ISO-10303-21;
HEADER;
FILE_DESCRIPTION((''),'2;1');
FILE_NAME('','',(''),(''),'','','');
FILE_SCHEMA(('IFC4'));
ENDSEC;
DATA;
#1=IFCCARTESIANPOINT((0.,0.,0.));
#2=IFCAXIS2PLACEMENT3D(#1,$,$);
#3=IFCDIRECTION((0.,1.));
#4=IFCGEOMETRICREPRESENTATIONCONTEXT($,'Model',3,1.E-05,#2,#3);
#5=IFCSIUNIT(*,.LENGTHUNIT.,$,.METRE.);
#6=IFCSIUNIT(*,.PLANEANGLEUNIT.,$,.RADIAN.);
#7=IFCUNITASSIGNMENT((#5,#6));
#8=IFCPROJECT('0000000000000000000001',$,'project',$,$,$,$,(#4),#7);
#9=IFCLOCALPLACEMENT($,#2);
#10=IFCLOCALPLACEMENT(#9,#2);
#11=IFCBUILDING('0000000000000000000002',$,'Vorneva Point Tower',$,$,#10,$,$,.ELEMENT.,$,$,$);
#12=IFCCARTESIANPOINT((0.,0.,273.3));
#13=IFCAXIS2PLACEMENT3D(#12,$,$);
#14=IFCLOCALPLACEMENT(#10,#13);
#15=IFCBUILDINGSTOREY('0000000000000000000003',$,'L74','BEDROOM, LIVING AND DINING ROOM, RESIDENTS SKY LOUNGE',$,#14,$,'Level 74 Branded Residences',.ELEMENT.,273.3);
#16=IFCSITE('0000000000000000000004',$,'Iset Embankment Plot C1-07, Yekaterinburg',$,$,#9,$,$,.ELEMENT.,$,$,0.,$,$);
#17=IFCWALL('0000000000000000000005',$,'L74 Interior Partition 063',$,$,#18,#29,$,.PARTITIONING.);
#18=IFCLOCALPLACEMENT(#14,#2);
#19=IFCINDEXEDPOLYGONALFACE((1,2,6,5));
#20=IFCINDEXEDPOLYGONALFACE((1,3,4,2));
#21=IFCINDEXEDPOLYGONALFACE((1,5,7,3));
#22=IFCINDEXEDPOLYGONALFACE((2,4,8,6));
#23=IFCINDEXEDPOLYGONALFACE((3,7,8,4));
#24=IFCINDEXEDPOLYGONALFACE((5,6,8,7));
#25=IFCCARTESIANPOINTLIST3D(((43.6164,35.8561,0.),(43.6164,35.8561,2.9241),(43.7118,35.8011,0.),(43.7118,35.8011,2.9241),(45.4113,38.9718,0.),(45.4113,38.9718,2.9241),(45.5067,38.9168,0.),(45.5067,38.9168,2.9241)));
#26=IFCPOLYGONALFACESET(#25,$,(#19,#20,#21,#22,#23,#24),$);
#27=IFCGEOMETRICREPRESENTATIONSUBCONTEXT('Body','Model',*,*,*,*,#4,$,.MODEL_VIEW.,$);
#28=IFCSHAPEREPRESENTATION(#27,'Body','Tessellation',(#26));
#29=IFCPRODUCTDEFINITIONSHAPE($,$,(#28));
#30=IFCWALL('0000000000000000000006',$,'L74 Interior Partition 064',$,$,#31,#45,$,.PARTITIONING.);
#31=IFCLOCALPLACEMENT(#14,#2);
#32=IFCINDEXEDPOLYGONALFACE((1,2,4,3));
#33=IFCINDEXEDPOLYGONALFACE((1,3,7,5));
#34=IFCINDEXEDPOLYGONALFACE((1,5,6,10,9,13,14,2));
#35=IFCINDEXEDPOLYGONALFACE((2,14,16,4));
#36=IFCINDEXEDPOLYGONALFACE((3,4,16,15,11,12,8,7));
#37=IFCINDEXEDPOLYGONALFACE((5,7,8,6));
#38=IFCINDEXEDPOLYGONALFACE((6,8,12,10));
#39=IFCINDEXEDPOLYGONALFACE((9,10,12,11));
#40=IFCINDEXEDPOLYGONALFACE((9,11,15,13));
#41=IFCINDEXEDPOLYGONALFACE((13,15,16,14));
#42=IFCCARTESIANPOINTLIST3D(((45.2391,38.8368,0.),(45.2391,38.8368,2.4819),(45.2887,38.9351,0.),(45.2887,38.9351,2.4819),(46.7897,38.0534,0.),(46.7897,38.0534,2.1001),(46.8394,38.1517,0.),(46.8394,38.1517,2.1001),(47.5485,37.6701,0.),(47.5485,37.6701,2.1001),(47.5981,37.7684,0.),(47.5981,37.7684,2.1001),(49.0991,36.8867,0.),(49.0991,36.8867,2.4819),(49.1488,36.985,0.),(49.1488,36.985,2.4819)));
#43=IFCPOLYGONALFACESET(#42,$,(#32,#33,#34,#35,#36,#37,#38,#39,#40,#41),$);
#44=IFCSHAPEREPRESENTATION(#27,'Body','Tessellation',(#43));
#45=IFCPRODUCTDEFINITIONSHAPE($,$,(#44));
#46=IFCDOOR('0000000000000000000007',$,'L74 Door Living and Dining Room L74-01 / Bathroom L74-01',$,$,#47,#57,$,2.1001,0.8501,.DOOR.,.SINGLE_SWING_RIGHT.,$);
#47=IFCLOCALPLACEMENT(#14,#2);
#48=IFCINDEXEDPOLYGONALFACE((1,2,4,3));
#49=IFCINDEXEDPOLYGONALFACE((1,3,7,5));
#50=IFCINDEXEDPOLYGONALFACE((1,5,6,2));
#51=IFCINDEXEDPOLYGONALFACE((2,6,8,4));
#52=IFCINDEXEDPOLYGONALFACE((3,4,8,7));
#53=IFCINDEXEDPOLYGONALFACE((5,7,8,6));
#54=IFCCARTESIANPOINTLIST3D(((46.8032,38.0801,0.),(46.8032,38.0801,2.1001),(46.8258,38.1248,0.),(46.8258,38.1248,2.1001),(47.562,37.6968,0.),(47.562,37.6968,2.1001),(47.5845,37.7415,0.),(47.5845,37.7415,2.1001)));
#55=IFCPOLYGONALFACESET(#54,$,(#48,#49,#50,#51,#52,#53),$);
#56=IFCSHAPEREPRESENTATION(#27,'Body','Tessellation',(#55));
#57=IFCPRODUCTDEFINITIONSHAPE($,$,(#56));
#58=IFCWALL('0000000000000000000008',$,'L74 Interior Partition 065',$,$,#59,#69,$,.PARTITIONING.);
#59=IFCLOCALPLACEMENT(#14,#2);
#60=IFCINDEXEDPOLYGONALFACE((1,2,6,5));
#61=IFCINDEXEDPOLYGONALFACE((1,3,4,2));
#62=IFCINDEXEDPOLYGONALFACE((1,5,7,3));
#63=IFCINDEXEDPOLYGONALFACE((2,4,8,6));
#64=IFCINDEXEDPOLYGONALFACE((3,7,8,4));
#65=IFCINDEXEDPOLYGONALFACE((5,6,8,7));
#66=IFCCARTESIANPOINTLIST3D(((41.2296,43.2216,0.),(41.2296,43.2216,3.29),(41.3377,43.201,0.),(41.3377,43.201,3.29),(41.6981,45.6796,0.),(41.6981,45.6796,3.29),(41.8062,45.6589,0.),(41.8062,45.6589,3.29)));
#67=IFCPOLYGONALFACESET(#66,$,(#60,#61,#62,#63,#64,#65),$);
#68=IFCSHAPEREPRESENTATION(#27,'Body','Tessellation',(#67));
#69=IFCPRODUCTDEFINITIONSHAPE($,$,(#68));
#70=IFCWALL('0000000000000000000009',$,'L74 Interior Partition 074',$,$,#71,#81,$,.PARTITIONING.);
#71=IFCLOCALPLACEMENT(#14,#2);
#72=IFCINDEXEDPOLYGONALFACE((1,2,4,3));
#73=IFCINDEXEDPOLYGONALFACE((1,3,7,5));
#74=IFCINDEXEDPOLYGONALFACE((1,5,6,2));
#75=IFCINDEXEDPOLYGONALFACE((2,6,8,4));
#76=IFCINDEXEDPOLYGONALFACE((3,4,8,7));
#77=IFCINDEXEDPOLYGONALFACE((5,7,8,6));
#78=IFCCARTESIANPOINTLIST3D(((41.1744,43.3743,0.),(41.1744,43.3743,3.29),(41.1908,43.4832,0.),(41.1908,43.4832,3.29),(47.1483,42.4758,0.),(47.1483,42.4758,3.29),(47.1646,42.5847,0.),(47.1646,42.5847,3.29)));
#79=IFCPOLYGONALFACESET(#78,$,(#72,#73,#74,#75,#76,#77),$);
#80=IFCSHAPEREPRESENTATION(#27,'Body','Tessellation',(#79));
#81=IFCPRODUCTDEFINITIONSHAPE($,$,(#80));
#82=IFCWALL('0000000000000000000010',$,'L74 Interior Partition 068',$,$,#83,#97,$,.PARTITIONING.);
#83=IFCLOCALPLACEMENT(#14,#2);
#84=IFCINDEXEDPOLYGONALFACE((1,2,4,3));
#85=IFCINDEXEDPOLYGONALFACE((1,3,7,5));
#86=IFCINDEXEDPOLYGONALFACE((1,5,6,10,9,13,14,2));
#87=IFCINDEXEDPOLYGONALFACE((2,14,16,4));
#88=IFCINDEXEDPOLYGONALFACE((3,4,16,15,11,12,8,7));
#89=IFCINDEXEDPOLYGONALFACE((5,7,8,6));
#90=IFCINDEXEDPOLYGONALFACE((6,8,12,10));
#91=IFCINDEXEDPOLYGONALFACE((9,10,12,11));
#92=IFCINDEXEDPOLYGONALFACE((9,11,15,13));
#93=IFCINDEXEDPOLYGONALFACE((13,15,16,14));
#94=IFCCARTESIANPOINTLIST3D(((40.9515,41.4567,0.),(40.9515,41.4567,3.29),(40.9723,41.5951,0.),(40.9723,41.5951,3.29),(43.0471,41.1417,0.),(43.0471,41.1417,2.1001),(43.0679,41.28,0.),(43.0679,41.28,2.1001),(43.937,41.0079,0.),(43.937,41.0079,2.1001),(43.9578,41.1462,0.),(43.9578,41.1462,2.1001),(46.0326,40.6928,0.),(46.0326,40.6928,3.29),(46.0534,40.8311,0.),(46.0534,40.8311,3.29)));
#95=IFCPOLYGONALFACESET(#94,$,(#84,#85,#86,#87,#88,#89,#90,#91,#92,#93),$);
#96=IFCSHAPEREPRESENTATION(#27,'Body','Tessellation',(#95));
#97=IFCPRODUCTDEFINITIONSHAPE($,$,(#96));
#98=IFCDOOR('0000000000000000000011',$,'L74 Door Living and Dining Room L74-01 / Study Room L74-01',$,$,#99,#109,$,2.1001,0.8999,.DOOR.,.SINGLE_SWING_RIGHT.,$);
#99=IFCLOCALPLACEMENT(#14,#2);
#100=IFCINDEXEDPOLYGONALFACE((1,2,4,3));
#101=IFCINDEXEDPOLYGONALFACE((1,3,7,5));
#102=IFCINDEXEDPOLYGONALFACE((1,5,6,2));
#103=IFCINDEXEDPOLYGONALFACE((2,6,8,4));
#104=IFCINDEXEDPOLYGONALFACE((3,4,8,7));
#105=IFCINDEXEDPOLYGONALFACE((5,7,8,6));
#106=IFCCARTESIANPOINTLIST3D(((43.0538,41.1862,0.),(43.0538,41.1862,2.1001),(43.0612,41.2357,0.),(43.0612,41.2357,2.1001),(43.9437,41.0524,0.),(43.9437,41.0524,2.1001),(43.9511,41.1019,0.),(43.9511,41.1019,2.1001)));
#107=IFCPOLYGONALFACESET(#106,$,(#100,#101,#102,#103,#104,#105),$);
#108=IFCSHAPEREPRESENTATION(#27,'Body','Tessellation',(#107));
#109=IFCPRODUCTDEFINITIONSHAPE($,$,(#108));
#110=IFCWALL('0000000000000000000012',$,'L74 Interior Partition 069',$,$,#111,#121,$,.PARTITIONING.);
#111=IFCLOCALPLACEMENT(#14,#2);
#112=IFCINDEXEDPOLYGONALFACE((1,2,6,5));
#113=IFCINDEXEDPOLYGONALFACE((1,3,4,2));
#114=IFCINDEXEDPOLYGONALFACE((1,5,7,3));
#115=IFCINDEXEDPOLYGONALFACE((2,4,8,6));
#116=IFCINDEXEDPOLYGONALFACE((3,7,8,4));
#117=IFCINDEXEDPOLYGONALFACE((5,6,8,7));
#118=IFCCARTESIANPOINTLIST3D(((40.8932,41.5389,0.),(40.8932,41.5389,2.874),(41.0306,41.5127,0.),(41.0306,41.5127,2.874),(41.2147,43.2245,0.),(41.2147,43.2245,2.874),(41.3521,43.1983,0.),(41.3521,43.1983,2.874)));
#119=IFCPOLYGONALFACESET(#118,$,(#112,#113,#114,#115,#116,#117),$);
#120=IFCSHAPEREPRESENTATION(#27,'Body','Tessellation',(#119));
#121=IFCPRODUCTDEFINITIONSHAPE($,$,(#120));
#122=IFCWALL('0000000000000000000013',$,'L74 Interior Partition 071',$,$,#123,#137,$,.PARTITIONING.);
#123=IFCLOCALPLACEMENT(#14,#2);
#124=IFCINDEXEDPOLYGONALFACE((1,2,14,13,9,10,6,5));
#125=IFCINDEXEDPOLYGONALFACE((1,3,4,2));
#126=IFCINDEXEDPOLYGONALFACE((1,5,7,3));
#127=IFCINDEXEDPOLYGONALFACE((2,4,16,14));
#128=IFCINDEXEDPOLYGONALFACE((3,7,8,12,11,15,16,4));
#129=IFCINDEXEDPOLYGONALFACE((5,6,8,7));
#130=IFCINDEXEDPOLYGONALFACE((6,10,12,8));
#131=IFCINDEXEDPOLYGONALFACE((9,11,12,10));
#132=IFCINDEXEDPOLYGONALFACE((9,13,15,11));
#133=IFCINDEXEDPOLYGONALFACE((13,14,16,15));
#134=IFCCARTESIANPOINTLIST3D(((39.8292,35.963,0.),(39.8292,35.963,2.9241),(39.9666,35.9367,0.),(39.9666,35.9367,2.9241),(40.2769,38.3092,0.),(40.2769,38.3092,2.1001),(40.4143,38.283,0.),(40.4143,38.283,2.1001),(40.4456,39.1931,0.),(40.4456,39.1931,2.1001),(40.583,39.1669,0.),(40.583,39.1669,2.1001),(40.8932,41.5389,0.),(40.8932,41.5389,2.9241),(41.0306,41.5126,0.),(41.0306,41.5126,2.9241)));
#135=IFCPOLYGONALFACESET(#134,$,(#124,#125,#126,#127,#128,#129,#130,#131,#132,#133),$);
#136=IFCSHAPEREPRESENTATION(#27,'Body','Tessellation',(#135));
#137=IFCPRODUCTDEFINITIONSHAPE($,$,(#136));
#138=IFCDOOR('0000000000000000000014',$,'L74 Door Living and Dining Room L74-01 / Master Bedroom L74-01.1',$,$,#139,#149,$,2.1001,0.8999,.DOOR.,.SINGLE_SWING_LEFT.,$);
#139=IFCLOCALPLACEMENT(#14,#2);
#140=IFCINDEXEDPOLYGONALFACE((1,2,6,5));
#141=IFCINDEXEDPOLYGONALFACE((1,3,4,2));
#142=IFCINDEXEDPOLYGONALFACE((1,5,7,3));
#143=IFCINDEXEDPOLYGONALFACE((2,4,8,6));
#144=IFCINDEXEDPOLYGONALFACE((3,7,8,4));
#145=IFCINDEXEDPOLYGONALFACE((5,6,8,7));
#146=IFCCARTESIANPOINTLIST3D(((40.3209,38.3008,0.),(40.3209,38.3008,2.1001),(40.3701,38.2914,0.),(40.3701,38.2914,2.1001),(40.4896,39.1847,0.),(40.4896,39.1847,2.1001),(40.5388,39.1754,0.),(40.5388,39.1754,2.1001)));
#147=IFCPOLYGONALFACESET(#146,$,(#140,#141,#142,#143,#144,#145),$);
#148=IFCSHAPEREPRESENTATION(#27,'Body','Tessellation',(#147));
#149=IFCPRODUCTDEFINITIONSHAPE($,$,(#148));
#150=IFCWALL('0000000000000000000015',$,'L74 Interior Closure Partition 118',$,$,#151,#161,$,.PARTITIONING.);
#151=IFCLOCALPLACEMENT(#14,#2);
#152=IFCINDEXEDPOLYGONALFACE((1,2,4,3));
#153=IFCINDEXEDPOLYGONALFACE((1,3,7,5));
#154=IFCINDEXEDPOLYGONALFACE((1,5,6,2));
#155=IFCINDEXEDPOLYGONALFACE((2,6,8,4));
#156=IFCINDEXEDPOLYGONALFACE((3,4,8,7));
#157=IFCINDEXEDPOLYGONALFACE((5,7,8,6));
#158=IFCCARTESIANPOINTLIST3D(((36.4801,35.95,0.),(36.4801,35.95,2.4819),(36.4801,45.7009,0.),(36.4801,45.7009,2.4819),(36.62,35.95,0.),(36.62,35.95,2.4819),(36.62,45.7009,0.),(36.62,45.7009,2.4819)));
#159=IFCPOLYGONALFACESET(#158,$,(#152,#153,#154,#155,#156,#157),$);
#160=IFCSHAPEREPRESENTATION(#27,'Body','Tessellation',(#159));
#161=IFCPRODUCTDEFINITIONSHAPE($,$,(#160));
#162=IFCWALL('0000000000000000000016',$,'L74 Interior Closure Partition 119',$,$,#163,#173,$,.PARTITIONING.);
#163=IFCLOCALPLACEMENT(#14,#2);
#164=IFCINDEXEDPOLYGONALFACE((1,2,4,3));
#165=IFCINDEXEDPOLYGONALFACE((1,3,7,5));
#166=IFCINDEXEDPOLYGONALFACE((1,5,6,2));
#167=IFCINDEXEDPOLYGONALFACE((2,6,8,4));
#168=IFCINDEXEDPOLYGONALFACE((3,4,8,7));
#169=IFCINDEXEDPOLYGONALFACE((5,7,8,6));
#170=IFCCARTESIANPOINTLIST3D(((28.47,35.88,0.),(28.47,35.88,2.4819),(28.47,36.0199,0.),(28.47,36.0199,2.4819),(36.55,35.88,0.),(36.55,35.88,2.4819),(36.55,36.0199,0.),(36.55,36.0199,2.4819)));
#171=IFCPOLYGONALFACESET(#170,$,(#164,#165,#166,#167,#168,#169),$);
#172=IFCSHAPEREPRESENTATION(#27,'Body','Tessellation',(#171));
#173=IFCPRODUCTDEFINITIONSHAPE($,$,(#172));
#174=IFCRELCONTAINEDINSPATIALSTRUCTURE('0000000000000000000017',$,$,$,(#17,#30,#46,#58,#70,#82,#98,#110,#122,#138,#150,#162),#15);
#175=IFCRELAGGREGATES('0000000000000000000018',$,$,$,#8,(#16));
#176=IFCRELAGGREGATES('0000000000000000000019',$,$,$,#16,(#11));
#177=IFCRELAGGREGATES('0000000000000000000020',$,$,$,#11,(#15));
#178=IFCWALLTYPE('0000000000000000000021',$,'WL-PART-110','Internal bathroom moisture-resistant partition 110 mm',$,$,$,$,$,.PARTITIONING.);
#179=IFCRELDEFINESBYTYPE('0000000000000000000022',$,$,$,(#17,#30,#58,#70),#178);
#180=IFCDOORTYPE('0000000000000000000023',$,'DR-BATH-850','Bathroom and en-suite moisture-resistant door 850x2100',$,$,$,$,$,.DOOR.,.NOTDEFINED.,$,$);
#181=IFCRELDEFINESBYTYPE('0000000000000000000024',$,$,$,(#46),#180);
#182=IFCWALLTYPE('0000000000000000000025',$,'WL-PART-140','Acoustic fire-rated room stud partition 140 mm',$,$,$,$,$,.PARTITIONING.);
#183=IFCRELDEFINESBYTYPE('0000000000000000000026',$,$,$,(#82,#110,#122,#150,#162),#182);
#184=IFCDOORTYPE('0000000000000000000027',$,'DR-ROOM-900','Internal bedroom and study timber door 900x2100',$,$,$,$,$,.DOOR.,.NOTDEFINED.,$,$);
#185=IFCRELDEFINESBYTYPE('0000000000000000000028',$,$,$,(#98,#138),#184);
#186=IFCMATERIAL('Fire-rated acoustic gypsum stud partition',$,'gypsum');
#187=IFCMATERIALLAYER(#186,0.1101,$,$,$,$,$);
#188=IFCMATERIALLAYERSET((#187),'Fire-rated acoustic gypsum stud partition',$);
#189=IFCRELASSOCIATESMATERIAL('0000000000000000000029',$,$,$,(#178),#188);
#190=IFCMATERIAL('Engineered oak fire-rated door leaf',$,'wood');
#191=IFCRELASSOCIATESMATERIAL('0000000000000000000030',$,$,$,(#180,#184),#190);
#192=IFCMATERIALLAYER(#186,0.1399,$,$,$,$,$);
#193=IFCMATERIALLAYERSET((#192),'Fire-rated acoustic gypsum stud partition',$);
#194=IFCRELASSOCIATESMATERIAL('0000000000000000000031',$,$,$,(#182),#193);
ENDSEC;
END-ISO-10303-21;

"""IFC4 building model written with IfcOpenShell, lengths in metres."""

from ifc_helpers import new_model, si_unit, direction, frame, frame_2d, origin, place, context, subcontext, project, spatial, rectangle, extrude, material, layer, layer_set, type_object, element, fill, save


model = new_model("IFC4")

# Units and contexts
model_context = context("Model", 3, precision=1e-05, world=origin(), true_north=direction((0.0, 1.0)))
body_context = subcontext(model_context, "Body", "Model", "MODEL_VIEW")
ifc_project = project(units=[si_unit("LENGTHUNIT", "METRE"), si_unit("PLANEANGLEUNIT", "RADIAN")], contexts=[model_context])

# Site, building, storey
site_placement = place(None, origin())
site = spatial("IfcSite", under=ifc_project, at=site_placement, Name="Iset Embankment Plot C1-07, Yekaterinburg", CompositionType="ELEMENT", RefElevation=0.0)
building_placement = place(site_placement, origin())
building = spatial("IfcBuilding", under=site, at=building_placement, Name="Vorneva Point Tower", CompositionType="ELEMENT")
storey_placement = place(building_placement, frame((0.0, 0.0, 273.3)))
storey = spatial("IfcBuildingStorey", under=building, at=storey_placement, Name="L74", Description="BEDROOM, LIVING AND DINING ROOM, RESIDENTS SKY LOUNGE", LongName="Level 74 Branded Residences", CompositionType="ELEMENT", Elevation=273.3)

# Wall
ifc_material_1 = material(Name="Fire-rated acoustic gypsum stud partition", Category="gypsum")
ifc_layer_1 = layer(ifc_material_1, 0.1101)
ifc_layer_set_1 = layer_set([ifc_layer_1], Name="Fire-rated acoustic gypsum stud partition")
wall_type_1 = type_object("IfcWallType", Name="WL-PART-110", Description="Internal bathroom moisture-resistant partition 110 mm", PredefinedType="PARTITIONING", material=ifc_layer_set_1)
wall_1_placement = place(storey_placement, frame((43.6641, 35.8286, 0.0), z_axis=(0.0, 0.0, 1.0), x_axis=(0.499178, 0.8665, 0.0)))
element("IfcWall", 1, at=wall_1_placement, inside=storey, type_object=wall_type_1, Name="L74 Interior Partition 063", PredefinedType="PARTITIONING", context=body_context, shape_type="SweptSolid", body=[
    extrude(rectangle(XDim=3.5957, YDim=0.1101, at=frame_2d((1.7979, 0.0))), origin(), (0.0, 0.0, 1.0), 2.9241),
])

# Wall, opening, door
wall_2_placement = place(storey_placement, frame((45.2639, 38.886, 0.0), z_axis=(0.0, 0.0, 1.0), x_axis=(0.892557, -0.450936, 0.0)))
wall_2 = element("IfcWall", 2, at=wall_2_placement, inside=storey, type_object=wall_type_1, Name="L74 Interior Partition 064", PredefinedType="PARTITIONING", context=body_context, shape_type="SweptSolid", body=[
    extrude(rectangle(XDim=4.3247, YDim=0.1101, at=frame_2d((2.1624, 0.0))), origin(), (0.0, 0.0, 1.0), 2.4819),
])
opening_1_placement = place(wall_2_placement, frame((1.7373, 0.0, 0.0)))
opening_1 = element("IfcOpeningElement", 3, at=opening_1_placement, cuts=wall_2, PredefinedType="OPENING", context=body_context, shape_type="SweptSolid", body=[
    extrude(rectangle(XDim=0.8501, YDim=2.1001, at=frame_2d((0.425, 1.05))), frame((0.0, 0.0698, 0.0), z_axis=(0.0, -1.0, 0.0), x_axis=(1.0, 0.0, 0.0)), (0.0, 0.0, 1.0), 0.1399),
])
ifc_material_2 = material(Name="Engineered oak fire-rated door leaf", Category="wood")
door_type_1 = type_object("IfcDoorType", Name="DR-BATH-850", Description="Bathroom and en-suite moisture-resistant door 850x2100", OperationType="NOTDEFINED", PredefinedType="DOOR", material=ifc_material_2)
door_1_placement = place(opening_1_placement, origin())
door_1 = element("IfcDoor", 4, at=door_1_placement, inside=storey, type_object=door_type_1, Name="L74 Door Living and Dining Room L74-01 / Bathroom L74-01", OperationType="SINGLE_SWING_RIGHT", OverallHeight=2.1001, OverallWidth=0.8501, PredefinedType="DOOR", context=body_context, shape_type="SweptSolid", body=[
    extrude(rectangle(XDim=0.8501, YDim=2.1001, at=frame_2d((0.425, 1.05))), frame((0.0, 0.0249, 0.0), z_axis=(0.0, -1.0, 0.0), x_axis=(1.0, 0.0, 0.0)), (0.0, 0.0, 1.0), 0.05),
])
fill(opening_1, door_1)

# Walls
wall_3_placement = place(storey_placement, frame((41.2837, 43.2114, 0.0), z_axis=(0.0, 0.0, 1.0), x_axis=(0.187233, 0.982316, 0.0)))
element("IfcWall", 5, at=wall_3_placement, inside=storey, type_object=wall_type_1, Name="L74 Interior Partition 065", PredefinedType="PARTITIONING", context=body_context, shape_type="SweptSolid", body=[
    extrude(rectangle(XDim=2.5022, YDim=0.1101, at=frame_2d((1.251, 0.0))), origin(), (0.0, 0.0, 1.0), 3.29),
])
wall_4_placement = place(storey_placement, frame((41.1826, 43.4287, 0.0), z_axis=(0.0, 0.0, 1.0), x_axis=(0.988879, -0.148722, 0.0)))
element("IfcWall", 6, at=wall_4_placement, inside=storey, type_object=wall_type_1, Name="L74 Interior Partition 074", PredefinedType="PARTITIONING", context=body_context, shape_type="SweptSolid", body=[
    extrude(rectangle(XDim=6.041, YDim=0.1101, at=frame_2d((3.0205, 0.0))), origin(), (0.0, 0.0, 1.0), 3.29),
])

# Wall, opening, door
ifc_layer_2 = layer(ifc_material_1, 0.1399)
ifc_layer_set_2 = layer_set([ifc_layer_2], Name="Fire-rated acoustic gypsum stud partition")
wall_type_2 = type_object("IfcWallType", Name="WL-PART-140", Description="Acoustic fire-rated room stud partition 140 mm", PredefinedType="PARTITIONING", material=ifc_layer_set_2)
wall_5_placement = place(storey_placement, frame((46.043, 40.762, 0.0), z_axis=(0.0, 0.0, 1.0), x_axis=(-0.988886, 0.148675, 0.0)))
wall_5 = element("IfcWall", 7, at=wall_5_placement, inside=storey, type_object=wall_type_2, Name="L74 Interior Partition 068", PredefinedType="PARTITIONING", context=body_context, shape_type="SweptSolid", body=[
    extrude(rectangle(XDim=5.1382, YDim=0.1399, at=frame_2d((2.5691, 0.0))), origin(), (0.0, 0.0, 1.0), 3.29),
])
opening_2_placement = place(wall_5_placement, frame((2.1191, 0.0, 0.0)))
opening_2 = element("IfcOpeningElement", 8, at=opening_2_placement, cuts=wall_5, PredefinedType="OPENING", context=body_context, shape_type="SweptSolid", body=[
    extrude(rectangle(XDim=0.8999, YDim=2.1001, at=frame_2d((0.45, 1.05))), frame((0.0, 0.085, 0.0), z_axis=(0.0, -1.0, 0.0), x_axis=(1.0, 0.0, 0.0)), (0.0, 0.0, 1.0), 0.1697),
])
door_type_2 = type_object("IfcDoorType", Name="DR-ROOM-900", Description="Internal bedroom and study timber door 900x2100", OperationType="NOTDEFINED", PredefinedType="DOOR", material=ifc_material_2)
door_2_placement = place(opening_2_placement, origin())
door_2 = element("IfcDoor", 9, at=door_2_placement, inside=storey, type_object=door_type_2, Name="L74 Door Living and Dining Room L74-01 / Study Room L74-01", OperationType="SINGLE_SWING_RIGHT", OverallHeight=2.1001, OverallWidth=0.8999, PredefinedType="DOOR", context=body_context, shape_type="SweptSolid", body=[
    extrude(rectangle(XDim=0.8999, YDim=2.1001, at=frame_2d((0.45, 1.05))), frame((0.0, 0.0249, 0.0), z_axis=(0.0, -1.0, 0.0), x_axis=(1.0, 0.0, 0.0)), (0.0, 0.0, 1.0), 0.05),
])
fill(opening_2, door_2)

# Wall
wall_6_placement = place(storey_placement, frame((40.9619, 41.5259, 0.0), z_axis=(0.0, 0.0, 1.0), x_axis=(0.187354, 0.982292, 0.0)))
element("IfcWall", 10, at=wall_6_placement, inside=storey, type_object=wall_type_2, Name="L74 Interior Partition 069", PredefinedType="PARTITIONING", context=body_context, shape_type="SweptSolid", body=[
    extrude(rectangle(XDim=1.7161, YDim=0.1399, at=frame_2d((0.8579, 0.0))), origin(), (0.0, 0.0, 1.0), 2.874),
])

# Wall, opening, door
wall_7_placement = place(storey_placement, frame((40.9619, 41.5259, 0.0), z_axis=(0.0, 0.0, 1.0), x_axis=(-0.187432, -0.982278, 0.0)))
wall_7 = element("IfcWall", 11, at=wall_7_placement, inside=storey, type_object=wall_type_2, Name="L74 Interior Partition 071", PredefinedType="PARTITIONING", context=body_context, shape_type="SweptSolid", body=[
    extrude(rectangle(XDim=5.6765, YDim=0.1399, at=frame_2d((2.8384, 0.0))), origin(), (0.0, 0.0, 1.0), 2.9241),
])
opening_3_placement = place(wall_7_placement, frame((2.3882, 0.0, 0.0)))
opening_3 = element("IfcOpeningElement", 12, at=opening_3_placement, cuts=wall_7, PredefinedType="OPENING", context=body_context, shape_type="SweptSolid", body=[
    extrude(rectangle(XDim=0.8999, YDim=2.1001, at=frame_2d((0.45, 1.05))), frame((0.0, 0.085, 0.0), z_axis=(0.0, -1.0, 0.0), x_axis=(1.0, 0.0, 0.0)), (0.0, 0.0, 1.0), 0.1697),
])
door_3_placement = place(opening_3_placement, origin())
door_3 = element("IfcDoor", 13, at=door_3_placement, inside=storey, type_object=door_type_2, Name="L74 Door Living and Dining Room L74-01 / Master Bedroom L74-01.1", OperationType="SINGLE_SWING_LEFT", OverallHeight=2.1001, OverallWidth=0.8999, PredefinedType="DOOR", context=body_context, shape_type="SweptSolid", body=[
    extrude(rectangle(XDim=0.8999, YDim=2.1001, at=frame_2d((0.45, 1.05))), frame((0.0, 0.0249, 0.0), z_axis=(0.0, -1.0, 0.0), x_axis=(1.0, 0.0, 0.0)), (0.0, 0.0, 1.0), 0.05),
])
fill(opening_3, door_3)

# Walls
wall_8_placement = place(storey_placement, frame((36.55, 45.7009, 0.0), z_axis=(0.0, 0.0, 1.0), x_axis=(0.0, -1.0, 0.0)))
element("IfcWall", 14, at=wall_8_placement, inside=storey, type_object=wall_type_2, Name="L74 Interior Closure Partition 118", PredefinedType="PARTITIONING", context=body_context, shape_type="SweptSolid", body=[
    extrude(rectangle(XDim=9.751, YDim=0.1399, at=frame_2d((4.8755, 0.0))), origin(), (0.0, 0.0, 1.0), 2.4819),
])
wall_9_placement = place(storey_placement, frame((36.55, 35.95, 0.0), z_axis=(0.0, 0.0, 1.0), x_axis=(-1.0, 0.0, 0.0)))
element("IfcWall", 15, at=wall_9_placement, inside=storey, type_object=wall_type_2, Name="L74 Interior Closure Partition 119", PredefinedType="PARTITIONING", context=body_context, shape_type="SweptSolid", body=[
    extrude(rectangle(XDim=8.0801, YDim=0.1399, at=frame_2d((4.04, 0.0))), origin(), (0.0, 0.0, 1.0), 2.4819),
])

save(model, "model.ifc")
